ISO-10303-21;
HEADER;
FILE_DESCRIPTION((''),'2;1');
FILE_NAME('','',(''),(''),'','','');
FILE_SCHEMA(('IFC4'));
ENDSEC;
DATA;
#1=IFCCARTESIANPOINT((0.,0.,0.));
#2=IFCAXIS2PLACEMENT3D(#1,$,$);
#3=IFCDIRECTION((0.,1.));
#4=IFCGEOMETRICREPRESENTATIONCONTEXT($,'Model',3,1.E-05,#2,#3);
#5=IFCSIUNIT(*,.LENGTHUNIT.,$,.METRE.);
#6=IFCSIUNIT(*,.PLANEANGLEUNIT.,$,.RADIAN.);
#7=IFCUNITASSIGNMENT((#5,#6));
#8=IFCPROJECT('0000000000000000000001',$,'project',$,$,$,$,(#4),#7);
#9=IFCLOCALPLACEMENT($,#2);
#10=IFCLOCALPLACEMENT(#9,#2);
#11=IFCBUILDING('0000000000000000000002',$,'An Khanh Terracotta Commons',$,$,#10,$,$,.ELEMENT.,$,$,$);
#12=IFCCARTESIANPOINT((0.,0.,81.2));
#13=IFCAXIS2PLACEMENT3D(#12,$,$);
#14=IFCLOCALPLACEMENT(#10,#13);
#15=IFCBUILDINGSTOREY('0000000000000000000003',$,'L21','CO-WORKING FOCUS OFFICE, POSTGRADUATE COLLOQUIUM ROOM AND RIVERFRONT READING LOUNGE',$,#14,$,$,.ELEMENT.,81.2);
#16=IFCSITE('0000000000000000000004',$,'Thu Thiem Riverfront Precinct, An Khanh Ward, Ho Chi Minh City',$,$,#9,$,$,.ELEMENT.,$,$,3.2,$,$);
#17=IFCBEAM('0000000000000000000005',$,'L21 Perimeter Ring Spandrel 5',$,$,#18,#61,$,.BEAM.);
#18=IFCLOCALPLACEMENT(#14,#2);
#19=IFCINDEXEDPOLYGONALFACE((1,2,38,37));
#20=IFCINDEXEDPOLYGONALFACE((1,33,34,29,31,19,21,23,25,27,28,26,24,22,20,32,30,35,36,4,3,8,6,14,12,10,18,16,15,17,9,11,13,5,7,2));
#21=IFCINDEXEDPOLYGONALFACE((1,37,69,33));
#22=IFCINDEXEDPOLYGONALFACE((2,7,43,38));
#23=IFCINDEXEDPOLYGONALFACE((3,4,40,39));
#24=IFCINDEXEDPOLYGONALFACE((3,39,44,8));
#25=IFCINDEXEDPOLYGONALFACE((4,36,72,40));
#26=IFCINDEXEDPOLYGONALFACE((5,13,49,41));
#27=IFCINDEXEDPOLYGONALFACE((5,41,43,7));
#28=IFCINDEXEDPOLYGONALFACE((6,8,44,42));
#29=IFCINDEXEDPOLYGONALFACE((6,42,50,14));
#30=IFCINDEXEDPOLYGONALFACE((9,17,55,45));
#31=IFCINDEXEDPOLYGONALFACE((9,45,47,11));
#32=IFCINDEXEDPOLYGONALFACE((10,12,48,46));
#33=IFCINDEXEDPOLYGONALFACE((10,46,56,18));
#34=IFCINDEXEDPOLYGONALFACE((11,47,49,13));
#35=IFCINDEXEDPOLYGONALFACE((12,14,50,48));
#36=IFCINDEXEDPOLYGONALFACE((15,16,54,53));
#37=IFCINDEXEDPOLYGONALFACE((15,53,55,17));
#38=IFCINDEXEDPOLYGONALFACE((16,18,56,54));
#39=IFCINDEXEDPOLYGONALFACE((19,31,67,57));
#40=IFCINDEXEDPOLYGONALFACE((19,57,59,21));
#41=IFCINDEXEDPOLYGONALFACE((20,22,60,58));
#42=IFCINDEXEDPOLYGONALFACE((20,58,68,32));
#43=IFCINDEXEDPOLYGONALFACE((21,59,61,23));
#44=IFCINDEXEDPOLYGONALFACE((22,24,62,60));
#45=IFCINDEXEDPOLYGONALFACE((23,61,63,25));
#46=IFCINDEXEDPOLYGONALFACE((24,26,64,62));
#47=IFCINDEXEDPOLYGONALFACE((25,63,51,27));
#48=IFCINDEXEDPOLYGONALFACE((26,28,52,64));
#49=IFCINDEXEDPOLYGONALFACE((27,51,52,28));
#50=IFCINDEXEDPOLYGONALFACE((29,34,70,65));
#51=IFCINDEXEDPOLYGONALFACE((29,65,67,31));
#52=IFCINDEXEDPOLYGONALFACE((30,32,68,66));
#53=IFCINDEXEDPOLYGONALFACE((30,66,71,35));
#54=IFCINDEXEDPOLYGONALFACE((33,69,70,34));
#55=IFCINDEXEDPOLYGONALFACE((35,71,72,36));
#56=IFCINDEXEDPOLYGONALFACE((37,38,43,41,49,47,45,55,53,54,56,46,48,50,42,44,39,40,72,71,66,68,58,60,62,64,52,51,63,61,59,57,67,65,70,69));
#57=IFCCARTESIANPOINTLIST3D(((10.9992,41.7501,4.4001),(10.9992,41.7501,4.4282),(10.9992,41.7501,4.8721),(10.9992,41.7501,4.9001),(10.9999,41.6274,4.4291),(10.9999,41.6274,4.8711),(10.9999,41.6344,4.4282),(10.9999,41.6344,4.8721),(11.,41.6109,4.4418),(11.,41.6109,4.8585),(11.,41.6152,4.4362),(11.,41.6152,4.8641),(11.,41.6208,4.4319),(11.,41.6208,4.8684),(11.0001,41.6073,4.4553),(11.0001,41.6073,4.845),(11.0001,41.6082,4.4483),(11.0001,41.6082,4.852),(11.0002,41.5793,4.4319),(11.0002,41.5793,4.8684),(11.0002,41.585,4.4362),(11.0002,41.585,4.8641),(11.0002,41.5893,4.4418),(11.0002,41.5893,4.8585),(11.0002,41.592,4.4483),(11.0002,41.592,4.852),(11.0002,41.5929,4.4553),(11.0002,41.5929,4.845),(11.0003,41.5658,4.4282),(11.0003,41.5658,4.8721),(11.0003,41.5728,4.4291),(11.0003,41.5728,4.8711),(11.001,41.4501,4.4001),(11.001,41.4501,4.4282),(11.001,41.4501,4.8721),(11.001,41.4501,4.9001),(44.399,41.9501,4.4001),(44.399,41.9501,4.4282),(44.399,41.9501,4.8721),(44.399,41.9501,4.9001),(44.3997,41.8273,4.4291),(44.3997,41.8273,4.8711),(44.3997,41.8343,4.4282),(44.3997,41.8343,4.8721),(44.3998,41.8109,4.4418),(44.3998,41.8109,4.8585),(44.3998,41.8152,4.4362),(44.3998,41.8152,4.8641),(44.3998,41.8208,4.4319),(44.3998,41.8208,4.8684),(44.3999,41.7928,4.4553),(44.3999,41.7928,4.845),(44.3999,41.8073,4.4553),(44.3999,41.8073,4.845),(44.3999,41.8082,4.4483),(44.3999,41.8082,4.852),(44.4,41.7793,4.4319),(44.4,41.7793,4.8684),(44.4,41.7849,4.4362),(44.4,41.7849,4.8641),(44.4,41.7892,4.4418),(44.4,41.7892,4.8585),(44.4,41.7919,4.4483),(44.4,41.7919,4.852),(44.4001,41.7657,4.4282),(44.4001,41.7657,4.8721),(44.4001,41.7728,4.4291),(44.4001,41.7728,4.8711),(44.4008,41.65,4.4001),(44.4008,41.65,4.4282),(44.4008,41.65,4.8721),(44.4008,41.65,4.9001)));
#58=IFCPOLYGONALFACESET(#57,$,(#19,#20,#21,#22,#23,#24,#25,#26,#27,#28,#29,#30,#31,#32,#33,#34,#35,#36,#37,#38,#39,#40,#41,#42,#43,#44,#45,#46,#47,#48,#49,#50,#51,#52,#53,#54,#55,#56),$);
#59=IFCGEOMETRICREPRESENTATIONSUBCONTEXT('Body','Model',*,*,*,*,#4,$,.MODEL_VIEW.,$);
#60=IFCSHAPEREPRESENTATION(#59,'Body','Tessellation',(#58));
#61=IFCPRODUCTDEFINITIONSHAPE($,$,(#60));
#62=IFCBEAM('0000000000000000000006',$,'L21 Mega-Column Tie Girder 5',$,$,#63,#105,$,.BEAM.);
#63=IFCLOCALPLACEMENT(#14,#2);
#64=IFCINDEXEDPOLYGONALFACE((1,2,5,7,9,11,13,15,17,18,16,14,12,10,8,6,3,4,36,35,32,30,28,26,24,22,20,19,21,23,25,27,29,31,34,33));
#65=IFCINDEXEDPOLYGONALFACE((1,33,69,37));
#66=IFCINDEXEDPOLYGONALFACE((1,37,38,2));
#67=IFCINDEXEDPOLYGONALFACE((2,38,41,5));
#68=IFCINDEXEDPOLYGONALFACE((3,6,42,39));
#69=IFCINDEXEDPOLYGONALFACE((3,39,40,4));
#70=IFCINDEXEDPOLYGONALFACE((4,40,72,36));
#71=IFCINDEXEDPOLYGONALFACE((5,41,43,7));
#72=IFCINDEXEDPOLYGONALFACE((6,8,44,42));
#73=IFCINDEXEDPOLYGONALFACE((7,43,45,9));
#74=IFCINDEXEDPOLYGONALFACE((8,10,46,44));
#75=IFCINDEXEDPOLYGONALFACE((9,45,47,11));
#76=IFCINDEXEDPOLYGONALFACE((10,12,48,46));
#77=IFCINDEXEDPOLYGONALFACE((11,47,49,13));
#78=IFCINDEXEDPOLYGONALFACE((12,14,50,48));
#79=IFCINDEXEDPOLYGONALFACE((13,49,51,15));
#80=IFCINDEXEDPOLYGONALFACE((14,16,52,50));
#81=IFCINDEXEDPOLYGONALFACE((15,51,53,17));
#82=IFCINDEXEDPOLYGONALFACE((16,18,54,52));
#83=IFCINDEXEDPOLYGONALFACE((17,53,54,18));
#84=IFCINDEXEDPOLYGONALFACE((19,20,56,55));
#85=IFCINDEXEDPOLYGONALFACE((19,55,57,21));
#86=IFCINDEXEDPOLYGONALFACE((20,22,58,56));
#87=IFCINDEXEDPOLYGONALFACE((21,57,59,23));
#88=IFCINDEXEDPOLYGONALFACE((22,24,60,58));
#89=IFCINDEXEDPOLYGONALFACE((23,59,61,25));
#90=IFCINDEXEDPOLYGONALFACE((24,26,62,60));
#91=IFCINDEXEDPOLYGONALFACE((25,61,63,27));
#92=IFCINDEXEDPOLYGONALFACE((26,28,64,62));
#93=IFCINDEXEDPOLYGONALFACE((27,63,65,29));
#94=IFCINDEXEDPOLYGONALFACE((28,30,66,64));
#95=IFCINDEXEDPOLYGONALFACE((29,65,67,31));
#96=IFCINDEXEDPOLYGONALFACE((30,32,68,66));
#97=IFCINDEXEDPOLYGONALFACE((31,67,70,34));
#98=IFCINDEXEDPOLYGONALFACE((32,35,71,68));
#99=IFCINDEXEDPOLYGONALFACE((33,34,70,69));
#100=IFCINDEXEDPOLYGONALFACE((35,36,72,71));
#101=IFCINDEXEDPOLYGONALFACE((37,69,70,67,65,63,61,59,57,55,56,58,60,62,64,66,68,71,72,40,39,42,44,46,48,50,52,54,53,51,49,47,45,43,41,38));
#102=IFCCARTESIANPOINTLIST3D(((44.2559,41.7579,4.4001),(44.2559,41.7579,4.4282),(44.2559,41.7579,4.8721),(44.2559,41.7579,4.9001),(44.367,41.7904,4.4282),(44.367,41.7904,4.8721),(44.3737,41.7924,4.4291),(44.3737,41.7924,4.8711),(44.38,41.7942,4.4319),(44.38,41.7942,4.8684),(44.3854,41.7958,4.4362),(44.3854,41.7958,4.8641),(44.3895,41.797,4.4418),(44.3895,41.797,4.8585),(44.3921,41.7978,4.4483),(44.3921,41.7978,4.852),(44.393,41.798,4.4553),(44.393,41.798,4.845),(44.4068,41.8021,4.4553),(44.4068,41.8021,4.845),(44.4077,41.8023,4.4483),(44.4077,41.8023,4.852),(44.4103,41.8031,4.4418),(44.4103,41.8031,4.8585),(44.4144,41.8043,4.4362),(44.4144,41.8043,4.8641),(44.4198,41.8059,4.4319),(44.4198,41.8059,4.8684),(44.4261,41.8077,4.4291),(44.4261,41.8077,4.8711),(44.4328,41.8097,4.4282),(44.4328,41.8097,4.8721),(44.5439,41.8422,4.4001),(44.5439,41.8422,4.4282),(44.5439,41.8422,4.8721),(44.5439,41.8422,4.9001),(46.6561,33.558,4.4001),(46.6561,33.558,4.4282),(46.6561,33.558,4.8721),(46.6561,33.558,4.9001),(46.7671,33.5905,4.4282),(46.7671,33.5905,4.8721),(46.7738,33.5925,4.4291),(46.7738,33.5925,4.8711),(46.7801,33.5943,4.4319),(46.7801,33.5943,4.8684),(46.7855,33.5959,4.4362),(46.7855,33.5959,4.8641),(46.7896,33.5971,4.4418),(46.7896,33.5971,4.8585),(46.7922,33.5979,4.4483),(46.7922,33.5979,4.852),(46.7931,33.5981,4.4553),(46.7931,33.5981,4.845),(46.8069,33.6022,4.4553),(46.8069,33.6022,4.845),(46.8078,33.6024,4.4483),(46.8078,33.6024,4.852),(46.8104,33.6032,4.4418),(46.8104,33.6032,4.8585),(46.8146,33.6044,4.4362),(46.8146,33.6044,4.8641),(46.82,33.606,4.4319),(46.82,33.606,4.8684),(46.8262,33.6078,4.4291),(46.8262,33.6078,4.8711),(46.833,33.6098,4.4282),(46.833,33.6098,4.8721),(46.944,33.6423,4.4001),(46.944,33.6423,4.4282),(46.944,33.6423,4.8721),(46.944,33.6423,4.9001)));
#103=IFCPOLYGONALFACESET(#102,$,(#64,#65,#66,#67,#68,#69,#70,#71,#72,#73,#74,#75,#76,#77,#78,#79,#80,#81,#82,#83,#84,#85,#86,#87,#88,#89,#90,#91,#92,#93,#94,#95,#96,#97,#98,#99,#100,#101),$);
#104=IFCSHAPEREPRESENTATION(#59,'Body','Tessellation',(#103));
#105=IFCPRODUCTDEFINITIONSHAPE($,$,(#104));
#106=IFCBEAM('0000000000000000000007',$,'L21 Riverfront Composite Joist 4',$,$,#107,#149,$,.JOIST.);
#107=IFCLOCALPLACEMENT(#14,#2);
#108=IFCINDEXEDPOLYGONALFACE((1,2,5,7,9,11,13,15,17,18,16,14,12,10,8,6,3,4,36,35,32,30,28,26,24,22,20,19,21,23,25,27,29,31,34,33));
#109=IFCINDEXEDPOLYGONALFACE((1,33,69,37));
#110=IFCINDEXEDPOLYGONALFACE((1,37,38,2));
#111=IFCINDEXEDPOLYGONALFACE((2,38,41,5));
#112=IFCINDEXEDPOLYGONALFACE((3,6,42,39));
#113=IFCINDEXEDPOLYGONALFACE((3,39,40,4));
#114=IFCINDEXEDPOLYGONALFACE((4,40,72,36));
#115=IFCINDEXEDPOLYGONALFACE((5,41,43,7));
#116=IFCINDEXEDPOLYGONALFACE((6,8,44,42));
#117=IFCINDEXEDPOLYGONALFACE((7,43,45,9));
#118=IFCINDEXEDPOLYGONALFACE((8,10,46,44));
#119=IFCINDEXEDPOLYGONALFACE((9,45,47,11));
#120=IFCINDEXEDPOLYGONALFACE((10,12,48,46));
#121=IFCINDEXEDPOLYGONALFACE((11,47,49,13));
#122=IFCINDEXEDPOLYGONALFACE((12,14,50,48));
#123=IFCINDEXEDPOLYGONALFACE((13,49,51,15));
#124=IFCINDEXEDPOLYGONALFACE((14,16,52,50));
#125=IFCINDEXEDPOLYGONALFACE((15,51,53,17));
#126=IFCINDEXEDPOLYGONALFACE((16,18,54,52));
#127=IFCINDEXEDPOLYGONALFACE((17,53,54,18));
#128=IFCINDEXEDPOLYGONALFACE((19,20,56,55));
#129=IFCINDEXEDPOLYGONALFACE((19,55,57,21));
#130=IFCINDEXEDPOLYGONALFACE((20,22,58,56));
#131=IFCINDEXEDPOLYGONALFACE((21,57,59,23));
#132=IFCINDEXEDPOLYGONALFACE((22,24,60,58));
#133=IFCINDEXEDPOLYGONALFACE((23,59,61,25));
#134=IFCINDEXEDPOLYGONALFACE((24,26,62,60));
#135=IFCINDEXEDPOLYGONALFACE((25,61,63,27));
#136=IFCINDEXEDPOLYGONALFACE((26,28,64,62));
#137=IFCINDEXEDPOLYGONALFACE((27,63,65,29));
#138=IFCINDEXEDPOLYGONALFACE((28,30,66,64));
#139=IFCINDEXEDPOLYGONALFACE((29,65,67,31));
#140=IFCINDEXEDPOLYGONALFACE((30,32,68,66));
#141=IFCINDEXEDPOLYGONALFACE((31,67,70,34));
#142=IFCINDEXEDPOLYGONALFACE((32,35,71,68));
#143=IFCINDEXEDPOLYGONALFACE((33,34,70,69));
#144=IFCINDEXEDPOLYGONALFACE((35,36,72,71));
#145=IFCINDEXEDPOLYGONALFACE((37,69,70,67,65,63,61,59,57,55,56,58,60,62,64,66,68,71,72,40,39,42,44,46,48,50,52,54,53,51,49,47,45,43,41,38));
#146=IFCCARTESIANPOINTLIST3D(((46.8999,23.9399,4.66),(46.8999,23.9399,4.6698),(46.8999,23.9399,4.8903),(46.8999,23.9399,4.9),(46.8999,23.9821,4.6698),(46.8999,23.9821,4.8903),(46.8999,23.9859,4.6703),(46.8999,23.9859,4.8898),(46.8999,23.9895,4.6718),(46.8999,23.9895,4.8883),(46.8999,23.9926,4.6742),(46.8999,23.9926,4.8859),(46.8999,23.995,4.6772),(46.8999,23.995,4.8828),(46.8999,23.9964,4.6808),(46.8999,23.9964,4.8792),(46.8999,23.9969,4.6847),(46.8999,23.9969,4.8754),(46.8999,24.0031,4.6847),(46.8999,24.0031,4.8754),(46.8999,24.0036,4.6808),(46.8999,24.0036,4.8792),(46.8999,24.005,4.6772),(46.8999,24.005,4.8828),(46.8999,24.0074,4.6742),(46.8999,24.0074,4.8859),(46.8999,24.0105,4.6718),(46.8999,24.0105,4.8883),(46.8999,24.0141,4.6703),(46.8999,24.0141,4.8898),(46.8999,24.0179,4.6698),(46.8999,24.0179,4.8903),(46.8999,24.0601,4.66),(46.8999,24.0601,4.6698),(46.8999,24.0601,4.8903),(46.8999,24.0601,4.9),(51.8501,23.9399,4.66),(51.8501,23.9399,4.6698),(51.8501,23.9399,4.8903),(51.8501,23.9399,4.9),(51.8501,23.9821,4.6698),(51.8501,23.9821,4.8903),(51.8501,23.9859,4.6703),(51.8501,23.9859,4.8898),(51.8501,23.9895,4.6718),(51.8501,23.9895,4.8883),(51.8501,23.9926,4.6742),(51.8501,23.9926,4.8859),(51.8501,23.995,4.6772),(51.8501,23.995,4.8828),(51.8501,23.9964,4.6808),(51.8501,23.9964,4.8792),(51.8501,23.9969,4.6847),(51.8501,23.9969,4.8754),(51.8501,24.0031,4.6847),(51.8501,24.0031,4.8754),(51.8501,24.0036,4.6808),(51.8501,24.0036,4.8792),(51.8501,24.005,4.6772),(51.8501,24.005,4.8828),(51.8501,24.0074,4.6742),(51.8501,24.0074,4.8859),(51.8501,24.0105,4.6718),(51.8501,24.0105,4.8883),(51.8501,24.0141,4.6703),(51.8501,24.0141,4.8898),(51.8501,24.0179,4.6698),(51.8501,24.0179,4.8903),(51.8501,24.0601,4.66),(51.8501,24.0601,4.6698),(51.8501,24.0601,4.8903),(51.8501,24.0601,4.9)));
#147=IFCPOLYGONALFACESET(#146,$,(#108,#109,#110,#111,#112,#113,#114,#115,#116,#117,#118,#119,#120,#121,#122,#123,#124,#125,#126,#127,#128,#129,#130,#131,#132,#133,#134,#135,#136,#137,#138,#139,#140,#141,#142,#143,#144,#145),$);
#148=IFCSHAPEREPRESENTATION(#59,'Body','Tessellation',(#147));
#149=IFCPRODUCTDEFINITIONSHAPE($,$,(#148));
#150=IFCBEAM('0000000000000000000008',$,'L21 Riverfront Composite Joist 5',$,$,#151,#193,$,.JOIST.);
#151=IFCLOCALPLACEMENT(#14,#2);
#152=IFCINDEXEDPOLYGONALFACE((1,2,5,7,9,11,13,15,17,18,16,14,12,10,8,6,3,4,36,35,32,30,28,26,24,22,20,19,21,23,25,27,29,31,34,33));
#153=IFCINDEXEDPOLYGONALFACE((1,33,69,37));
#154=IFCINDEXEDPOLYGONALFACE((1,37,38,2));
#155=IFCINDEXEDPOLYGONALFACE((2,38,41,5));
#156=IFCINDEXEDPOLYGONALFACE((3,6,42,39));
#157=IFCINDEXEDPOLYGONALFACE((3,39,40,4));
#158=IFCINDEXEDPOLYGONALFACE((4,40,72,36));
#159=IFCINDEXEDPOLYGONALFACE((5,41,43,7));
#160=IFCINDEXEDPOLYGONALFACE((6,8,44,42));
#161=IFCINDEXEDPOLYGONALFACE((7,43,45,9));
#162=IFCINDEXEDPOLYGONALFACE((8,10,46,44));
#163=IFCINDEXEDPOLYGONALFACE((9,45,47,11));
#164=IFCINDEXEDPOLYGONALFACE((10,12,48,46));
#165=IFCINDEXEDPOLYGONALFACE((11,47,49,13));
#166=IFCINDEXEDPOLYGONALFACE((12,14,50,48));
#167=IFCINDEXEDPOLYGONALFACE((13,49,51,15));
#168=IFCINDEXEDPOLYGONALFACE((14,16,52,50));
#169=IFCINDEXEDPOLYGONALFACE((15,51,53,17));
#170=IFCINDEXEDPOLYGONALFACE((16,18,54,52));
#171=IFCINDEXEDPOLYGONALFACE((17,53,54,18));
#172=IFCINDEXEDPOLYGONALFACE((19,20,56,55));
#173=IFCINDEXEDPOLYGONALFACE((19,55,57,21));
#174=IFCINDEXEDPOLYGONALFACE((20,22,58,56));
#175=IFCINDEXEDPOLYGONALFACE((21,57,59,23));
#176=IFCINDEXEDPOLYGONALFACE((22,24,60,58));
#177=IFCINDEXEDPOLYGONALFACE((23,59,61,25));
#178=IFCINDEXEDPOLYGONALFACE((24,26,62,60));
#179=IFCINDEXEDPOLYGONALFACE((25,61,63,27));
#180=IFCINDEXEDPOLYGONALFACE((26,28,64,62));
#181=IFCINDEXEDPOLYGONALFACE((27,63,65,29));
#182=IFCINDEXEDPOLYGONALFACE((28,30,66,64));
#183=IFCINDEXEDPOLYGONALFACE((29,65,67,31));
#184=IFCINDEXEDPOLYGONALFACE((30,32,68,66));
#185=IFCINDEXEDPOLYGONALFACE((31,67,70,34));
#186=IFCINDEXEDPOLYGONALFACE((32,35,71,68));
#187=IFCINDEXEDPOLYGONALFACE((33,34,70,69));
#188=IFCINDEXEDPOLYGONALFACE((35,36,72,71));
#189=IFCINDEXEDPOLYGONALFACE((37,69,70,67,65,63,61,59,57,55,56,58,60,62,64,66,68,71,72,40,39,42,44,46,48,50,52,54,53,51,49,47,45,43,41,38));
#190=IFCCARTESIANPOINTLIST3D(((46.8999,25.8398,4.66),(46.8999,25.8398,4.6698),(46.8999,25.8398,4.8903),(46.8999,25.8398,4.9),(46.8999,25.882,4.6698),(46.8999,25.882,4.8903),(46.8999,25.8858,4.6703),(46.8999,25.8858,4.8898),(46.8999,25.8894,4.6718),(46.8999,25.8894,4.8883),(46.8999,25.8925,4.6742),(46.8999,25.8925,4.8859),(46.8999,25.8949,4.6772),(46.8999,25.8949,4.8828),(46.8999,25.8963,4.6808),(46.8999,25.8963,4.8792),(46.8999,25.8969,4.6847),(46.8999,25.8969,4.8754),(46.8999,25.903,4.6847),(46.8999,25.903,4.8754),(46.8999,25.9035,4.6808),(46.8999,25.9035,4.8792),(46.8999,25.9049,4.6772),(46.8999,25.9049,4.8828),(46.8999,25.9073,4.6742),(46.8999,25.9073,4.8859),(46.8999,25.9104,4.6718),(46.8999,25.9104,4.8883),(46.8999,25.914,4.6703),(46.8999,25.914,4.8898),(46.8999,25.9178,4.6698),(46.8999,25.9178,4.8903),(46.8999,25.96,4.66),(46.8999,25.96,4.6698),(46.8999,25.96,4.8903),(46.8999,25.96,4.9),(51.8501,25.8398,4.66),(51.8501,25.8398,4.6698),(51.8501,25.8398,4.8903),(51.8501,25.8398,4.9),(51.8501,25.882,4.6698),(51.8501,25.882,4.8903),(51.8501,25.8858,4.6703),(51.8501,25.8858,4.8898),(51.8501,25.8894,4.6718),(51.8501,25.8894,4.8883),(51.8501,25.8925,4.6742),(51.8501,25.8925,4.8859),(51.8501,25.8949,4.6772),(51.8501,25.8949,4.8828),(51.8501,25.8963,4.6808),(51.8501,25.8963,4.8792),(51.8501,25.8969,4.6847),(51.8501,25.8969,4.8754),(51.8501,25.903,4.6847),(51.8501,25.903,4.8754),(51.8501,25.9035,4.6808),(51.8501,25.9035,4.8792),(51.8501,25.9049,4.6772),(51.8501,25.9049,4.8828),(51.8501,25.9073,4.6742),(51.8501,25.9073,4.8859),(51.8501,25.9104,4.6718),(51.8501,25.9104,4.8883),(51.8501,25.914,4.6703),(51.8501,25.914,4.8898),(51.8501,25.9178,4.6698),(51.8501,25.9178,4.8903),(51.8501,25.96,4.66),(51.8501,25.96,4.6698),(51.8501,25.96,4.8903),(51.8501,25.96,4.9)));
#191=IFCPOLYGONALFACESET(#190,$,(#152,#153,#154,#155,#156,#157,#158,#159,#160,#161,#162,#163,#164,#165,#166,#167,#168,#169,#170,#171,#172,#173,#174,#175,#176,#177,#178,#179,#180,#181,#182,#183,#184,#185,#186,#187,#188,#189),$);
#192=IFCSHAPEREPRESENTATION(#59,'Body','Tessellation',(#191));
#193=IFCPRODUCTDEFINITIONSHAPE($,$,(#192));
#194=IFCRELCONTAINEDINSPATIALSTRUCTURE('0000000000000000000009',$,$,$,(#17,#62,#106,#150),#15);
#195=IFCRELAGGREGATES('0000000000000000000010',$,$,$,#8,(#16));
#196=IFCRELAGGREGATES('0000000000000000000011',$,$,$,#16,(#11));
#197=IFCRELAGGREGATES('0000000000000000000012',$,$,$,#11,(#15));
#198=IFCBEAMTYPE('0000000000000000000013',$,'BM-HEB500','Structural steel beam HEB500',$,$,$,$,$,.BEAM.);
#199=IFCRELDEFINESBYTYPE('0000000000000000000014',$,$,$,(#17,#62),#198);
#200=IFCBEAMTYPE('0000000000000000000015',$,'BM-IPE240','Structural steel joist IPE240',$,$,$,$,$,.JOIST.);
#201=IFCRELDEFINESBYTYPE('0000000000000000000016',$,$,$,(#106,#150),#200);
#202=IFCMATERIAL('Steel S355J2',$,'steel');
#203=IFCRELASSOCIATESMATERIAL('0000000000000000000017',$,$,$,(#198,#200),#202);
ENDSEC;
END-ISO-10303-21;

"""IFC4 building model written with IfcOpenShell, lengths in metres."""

from ifc_helpers import new_model, si_unit, direction, frame, origin, origin_2d, place, context, subcontext, project, spatial, i_section, extrude, material, material_profile, profile_set, type_object, element, save


model = new_model("IFC4")

# Units and contexts
model_context = context("Model", 3, precision=1e-05, world=origin(), true_north=direction((0.0, 1.0)))
body_context = subcontext(model_context, "Body", "Model", "MODEL_VIEW")
ifc_project = project(units=[si_unit("LENGTHUNIT", "METRE"), si_unit("PLANEANGLEUNIT", "RADIAN")], contexts=[model_context])

# Site, building, storey
site_placement = place(None, origin())
site = spatial("IfcSite", under=ifc_project, at=site_placement, Name="Thu Thiem Riverfront Precinct, An Khanh Ward, Ho Chi Minh City", CompositionType="ELEMENT", RefElevation=3.2)
building_placement = place(site_placement, origin())
building = spatial("IfcBuilding", under=site, at=building_placement, Name="An Khanh Terracotta Commons", CompositionType="ELEMENT")
storey_placement = place(building_placement, frame((0.0, 0.0, 81.2)))
storey = spatial("IfcBuildingStorey", under=building, at=storey_placement, Name="L21", Description="CO-WORKING FOCUS OFFICE, POSTGRADUATE COLLOQUIUM ROOM AND RIVERFRONT READING LOUNGE", CompositionType="ELEMENT", Elevation=81.2)

# Beams
ifc_material_1 = material(Name="Steel S355J2", Category="steel")
ifc_material_profile_1 = material_profile(ifc_material_1, i_section(OverallWidth=0.3, OverallDepth=0.5, WebThickness=0.0144, FlangeThickness=0.0281, FilletRadius=0.0271, at=origin_2d()), Name="HEB500")
ifc_profile_set_1 = profile_set([ifc_material_profile_1], Name="Steel S355J2")
beam_type_1 = type_object("IfcBeamType", Name="BM-HEB500", Description="Structural steel beam HEB500", PredefinedType="BEAM", material=ifc_profile_set_1)
beam_1_placement = place(storey_placement, frame((44.3999, 41.8, 4.6501), z_axis=(-0.999982, -0.005986, 0.0), x_axis=(0.005986, -0.999982, 0.0)))
element("IfcBeam", 1, at=beam_1_placement, inside=storey, type_object=beam_type_1, Name="L21 Perimeter Ring Spandrel 5", PredefinedType="BEAM", context=body_context, shape_type="SweptSolid", body=[
    extrude(i_section(OverallWidth=0.3, OverallDepth=0.5, WebThickness=0.0144, FlangeThickness=0.0281, FilletRadius=0.0271, at=origin_2d()), origin(), (0.0, 0.0, 1.0), 33.4004),
])
beam_2_placement = place(storey_placement, frame((44.3999, 41.8, 4.6501), z_axis=(0.280916, -0.959732, 0.0), x_axis=(0.959732, 0.280916, 0.0)))
element("IfcBeam", 2, at=beam_2_placement, inside=storey, type_object=beam_type_1, Name="L21 Mega-Column Tie Girder 5", PredefinedType="BEAM", context=body_context, shape_type="SweptSolid", body=[
    extrude(i_section(OverallWidth=0.3, OverallDepth=0.5, WebThickness=0.0144, FlangeThickness=0.0281, FilletRadius=0.0271, at=origin_2d()), origin(), (0.0, 0.0, 1.0), 8.5439),
])
ifc_material_profile_2 = material_profile(ifc_material_1, i_section(OverallWidth=0.1201, OverallDepth=0.24, WebThickness=0.0061, FlangeThickness=0.0098, FilletRadius=0.0149, at=origin_2d()), Name="IPE240")
ifc_profile_set_2 = profile_set([ifc_material_profile_2], Name="Steel S355J2")
beam_type_2 = type_object("IfcBeamType", Name="BM-IPE240", Description="Structural steel joist IPE240", PredefinedType="JOIST", material=ifc_profile_set_2)
for number, where, z_axis, x_axis, name in (
    (3, (46.8999, 24.0, 4.78), (1.0, 0.0, 0.0), (0.0, 1.0, 0.0), "L21 Riverfront Composite Joist 4"),
    (4, (46.8999, 25.8999, 4.78), (1.0, 0.0, 0.0), (0.0, 1.0, 0.0), "L21 Riverfront Composite Joist 5"),
):
    element("IfcBeam", number, at=place(storey_placement, frame(where, z_axis=z_axis, x_axis=x_axis)), inside=storey, type_object=beam_type_2, Name=name, PredefinedType="JOIST", context=body_context, shape_type="SweptSolid", body=[
        extrude(i_section(OverallWidth=0.1201, OverallDepth=0.24, WebThickness=0.0061, FlangeThickness=0.0098, FilletRadius=0.0149, at=origin_2d()), origin(), (0.0, 0.0, 1.0), 4.9502),
    ])

save(model, "model.ifc")
